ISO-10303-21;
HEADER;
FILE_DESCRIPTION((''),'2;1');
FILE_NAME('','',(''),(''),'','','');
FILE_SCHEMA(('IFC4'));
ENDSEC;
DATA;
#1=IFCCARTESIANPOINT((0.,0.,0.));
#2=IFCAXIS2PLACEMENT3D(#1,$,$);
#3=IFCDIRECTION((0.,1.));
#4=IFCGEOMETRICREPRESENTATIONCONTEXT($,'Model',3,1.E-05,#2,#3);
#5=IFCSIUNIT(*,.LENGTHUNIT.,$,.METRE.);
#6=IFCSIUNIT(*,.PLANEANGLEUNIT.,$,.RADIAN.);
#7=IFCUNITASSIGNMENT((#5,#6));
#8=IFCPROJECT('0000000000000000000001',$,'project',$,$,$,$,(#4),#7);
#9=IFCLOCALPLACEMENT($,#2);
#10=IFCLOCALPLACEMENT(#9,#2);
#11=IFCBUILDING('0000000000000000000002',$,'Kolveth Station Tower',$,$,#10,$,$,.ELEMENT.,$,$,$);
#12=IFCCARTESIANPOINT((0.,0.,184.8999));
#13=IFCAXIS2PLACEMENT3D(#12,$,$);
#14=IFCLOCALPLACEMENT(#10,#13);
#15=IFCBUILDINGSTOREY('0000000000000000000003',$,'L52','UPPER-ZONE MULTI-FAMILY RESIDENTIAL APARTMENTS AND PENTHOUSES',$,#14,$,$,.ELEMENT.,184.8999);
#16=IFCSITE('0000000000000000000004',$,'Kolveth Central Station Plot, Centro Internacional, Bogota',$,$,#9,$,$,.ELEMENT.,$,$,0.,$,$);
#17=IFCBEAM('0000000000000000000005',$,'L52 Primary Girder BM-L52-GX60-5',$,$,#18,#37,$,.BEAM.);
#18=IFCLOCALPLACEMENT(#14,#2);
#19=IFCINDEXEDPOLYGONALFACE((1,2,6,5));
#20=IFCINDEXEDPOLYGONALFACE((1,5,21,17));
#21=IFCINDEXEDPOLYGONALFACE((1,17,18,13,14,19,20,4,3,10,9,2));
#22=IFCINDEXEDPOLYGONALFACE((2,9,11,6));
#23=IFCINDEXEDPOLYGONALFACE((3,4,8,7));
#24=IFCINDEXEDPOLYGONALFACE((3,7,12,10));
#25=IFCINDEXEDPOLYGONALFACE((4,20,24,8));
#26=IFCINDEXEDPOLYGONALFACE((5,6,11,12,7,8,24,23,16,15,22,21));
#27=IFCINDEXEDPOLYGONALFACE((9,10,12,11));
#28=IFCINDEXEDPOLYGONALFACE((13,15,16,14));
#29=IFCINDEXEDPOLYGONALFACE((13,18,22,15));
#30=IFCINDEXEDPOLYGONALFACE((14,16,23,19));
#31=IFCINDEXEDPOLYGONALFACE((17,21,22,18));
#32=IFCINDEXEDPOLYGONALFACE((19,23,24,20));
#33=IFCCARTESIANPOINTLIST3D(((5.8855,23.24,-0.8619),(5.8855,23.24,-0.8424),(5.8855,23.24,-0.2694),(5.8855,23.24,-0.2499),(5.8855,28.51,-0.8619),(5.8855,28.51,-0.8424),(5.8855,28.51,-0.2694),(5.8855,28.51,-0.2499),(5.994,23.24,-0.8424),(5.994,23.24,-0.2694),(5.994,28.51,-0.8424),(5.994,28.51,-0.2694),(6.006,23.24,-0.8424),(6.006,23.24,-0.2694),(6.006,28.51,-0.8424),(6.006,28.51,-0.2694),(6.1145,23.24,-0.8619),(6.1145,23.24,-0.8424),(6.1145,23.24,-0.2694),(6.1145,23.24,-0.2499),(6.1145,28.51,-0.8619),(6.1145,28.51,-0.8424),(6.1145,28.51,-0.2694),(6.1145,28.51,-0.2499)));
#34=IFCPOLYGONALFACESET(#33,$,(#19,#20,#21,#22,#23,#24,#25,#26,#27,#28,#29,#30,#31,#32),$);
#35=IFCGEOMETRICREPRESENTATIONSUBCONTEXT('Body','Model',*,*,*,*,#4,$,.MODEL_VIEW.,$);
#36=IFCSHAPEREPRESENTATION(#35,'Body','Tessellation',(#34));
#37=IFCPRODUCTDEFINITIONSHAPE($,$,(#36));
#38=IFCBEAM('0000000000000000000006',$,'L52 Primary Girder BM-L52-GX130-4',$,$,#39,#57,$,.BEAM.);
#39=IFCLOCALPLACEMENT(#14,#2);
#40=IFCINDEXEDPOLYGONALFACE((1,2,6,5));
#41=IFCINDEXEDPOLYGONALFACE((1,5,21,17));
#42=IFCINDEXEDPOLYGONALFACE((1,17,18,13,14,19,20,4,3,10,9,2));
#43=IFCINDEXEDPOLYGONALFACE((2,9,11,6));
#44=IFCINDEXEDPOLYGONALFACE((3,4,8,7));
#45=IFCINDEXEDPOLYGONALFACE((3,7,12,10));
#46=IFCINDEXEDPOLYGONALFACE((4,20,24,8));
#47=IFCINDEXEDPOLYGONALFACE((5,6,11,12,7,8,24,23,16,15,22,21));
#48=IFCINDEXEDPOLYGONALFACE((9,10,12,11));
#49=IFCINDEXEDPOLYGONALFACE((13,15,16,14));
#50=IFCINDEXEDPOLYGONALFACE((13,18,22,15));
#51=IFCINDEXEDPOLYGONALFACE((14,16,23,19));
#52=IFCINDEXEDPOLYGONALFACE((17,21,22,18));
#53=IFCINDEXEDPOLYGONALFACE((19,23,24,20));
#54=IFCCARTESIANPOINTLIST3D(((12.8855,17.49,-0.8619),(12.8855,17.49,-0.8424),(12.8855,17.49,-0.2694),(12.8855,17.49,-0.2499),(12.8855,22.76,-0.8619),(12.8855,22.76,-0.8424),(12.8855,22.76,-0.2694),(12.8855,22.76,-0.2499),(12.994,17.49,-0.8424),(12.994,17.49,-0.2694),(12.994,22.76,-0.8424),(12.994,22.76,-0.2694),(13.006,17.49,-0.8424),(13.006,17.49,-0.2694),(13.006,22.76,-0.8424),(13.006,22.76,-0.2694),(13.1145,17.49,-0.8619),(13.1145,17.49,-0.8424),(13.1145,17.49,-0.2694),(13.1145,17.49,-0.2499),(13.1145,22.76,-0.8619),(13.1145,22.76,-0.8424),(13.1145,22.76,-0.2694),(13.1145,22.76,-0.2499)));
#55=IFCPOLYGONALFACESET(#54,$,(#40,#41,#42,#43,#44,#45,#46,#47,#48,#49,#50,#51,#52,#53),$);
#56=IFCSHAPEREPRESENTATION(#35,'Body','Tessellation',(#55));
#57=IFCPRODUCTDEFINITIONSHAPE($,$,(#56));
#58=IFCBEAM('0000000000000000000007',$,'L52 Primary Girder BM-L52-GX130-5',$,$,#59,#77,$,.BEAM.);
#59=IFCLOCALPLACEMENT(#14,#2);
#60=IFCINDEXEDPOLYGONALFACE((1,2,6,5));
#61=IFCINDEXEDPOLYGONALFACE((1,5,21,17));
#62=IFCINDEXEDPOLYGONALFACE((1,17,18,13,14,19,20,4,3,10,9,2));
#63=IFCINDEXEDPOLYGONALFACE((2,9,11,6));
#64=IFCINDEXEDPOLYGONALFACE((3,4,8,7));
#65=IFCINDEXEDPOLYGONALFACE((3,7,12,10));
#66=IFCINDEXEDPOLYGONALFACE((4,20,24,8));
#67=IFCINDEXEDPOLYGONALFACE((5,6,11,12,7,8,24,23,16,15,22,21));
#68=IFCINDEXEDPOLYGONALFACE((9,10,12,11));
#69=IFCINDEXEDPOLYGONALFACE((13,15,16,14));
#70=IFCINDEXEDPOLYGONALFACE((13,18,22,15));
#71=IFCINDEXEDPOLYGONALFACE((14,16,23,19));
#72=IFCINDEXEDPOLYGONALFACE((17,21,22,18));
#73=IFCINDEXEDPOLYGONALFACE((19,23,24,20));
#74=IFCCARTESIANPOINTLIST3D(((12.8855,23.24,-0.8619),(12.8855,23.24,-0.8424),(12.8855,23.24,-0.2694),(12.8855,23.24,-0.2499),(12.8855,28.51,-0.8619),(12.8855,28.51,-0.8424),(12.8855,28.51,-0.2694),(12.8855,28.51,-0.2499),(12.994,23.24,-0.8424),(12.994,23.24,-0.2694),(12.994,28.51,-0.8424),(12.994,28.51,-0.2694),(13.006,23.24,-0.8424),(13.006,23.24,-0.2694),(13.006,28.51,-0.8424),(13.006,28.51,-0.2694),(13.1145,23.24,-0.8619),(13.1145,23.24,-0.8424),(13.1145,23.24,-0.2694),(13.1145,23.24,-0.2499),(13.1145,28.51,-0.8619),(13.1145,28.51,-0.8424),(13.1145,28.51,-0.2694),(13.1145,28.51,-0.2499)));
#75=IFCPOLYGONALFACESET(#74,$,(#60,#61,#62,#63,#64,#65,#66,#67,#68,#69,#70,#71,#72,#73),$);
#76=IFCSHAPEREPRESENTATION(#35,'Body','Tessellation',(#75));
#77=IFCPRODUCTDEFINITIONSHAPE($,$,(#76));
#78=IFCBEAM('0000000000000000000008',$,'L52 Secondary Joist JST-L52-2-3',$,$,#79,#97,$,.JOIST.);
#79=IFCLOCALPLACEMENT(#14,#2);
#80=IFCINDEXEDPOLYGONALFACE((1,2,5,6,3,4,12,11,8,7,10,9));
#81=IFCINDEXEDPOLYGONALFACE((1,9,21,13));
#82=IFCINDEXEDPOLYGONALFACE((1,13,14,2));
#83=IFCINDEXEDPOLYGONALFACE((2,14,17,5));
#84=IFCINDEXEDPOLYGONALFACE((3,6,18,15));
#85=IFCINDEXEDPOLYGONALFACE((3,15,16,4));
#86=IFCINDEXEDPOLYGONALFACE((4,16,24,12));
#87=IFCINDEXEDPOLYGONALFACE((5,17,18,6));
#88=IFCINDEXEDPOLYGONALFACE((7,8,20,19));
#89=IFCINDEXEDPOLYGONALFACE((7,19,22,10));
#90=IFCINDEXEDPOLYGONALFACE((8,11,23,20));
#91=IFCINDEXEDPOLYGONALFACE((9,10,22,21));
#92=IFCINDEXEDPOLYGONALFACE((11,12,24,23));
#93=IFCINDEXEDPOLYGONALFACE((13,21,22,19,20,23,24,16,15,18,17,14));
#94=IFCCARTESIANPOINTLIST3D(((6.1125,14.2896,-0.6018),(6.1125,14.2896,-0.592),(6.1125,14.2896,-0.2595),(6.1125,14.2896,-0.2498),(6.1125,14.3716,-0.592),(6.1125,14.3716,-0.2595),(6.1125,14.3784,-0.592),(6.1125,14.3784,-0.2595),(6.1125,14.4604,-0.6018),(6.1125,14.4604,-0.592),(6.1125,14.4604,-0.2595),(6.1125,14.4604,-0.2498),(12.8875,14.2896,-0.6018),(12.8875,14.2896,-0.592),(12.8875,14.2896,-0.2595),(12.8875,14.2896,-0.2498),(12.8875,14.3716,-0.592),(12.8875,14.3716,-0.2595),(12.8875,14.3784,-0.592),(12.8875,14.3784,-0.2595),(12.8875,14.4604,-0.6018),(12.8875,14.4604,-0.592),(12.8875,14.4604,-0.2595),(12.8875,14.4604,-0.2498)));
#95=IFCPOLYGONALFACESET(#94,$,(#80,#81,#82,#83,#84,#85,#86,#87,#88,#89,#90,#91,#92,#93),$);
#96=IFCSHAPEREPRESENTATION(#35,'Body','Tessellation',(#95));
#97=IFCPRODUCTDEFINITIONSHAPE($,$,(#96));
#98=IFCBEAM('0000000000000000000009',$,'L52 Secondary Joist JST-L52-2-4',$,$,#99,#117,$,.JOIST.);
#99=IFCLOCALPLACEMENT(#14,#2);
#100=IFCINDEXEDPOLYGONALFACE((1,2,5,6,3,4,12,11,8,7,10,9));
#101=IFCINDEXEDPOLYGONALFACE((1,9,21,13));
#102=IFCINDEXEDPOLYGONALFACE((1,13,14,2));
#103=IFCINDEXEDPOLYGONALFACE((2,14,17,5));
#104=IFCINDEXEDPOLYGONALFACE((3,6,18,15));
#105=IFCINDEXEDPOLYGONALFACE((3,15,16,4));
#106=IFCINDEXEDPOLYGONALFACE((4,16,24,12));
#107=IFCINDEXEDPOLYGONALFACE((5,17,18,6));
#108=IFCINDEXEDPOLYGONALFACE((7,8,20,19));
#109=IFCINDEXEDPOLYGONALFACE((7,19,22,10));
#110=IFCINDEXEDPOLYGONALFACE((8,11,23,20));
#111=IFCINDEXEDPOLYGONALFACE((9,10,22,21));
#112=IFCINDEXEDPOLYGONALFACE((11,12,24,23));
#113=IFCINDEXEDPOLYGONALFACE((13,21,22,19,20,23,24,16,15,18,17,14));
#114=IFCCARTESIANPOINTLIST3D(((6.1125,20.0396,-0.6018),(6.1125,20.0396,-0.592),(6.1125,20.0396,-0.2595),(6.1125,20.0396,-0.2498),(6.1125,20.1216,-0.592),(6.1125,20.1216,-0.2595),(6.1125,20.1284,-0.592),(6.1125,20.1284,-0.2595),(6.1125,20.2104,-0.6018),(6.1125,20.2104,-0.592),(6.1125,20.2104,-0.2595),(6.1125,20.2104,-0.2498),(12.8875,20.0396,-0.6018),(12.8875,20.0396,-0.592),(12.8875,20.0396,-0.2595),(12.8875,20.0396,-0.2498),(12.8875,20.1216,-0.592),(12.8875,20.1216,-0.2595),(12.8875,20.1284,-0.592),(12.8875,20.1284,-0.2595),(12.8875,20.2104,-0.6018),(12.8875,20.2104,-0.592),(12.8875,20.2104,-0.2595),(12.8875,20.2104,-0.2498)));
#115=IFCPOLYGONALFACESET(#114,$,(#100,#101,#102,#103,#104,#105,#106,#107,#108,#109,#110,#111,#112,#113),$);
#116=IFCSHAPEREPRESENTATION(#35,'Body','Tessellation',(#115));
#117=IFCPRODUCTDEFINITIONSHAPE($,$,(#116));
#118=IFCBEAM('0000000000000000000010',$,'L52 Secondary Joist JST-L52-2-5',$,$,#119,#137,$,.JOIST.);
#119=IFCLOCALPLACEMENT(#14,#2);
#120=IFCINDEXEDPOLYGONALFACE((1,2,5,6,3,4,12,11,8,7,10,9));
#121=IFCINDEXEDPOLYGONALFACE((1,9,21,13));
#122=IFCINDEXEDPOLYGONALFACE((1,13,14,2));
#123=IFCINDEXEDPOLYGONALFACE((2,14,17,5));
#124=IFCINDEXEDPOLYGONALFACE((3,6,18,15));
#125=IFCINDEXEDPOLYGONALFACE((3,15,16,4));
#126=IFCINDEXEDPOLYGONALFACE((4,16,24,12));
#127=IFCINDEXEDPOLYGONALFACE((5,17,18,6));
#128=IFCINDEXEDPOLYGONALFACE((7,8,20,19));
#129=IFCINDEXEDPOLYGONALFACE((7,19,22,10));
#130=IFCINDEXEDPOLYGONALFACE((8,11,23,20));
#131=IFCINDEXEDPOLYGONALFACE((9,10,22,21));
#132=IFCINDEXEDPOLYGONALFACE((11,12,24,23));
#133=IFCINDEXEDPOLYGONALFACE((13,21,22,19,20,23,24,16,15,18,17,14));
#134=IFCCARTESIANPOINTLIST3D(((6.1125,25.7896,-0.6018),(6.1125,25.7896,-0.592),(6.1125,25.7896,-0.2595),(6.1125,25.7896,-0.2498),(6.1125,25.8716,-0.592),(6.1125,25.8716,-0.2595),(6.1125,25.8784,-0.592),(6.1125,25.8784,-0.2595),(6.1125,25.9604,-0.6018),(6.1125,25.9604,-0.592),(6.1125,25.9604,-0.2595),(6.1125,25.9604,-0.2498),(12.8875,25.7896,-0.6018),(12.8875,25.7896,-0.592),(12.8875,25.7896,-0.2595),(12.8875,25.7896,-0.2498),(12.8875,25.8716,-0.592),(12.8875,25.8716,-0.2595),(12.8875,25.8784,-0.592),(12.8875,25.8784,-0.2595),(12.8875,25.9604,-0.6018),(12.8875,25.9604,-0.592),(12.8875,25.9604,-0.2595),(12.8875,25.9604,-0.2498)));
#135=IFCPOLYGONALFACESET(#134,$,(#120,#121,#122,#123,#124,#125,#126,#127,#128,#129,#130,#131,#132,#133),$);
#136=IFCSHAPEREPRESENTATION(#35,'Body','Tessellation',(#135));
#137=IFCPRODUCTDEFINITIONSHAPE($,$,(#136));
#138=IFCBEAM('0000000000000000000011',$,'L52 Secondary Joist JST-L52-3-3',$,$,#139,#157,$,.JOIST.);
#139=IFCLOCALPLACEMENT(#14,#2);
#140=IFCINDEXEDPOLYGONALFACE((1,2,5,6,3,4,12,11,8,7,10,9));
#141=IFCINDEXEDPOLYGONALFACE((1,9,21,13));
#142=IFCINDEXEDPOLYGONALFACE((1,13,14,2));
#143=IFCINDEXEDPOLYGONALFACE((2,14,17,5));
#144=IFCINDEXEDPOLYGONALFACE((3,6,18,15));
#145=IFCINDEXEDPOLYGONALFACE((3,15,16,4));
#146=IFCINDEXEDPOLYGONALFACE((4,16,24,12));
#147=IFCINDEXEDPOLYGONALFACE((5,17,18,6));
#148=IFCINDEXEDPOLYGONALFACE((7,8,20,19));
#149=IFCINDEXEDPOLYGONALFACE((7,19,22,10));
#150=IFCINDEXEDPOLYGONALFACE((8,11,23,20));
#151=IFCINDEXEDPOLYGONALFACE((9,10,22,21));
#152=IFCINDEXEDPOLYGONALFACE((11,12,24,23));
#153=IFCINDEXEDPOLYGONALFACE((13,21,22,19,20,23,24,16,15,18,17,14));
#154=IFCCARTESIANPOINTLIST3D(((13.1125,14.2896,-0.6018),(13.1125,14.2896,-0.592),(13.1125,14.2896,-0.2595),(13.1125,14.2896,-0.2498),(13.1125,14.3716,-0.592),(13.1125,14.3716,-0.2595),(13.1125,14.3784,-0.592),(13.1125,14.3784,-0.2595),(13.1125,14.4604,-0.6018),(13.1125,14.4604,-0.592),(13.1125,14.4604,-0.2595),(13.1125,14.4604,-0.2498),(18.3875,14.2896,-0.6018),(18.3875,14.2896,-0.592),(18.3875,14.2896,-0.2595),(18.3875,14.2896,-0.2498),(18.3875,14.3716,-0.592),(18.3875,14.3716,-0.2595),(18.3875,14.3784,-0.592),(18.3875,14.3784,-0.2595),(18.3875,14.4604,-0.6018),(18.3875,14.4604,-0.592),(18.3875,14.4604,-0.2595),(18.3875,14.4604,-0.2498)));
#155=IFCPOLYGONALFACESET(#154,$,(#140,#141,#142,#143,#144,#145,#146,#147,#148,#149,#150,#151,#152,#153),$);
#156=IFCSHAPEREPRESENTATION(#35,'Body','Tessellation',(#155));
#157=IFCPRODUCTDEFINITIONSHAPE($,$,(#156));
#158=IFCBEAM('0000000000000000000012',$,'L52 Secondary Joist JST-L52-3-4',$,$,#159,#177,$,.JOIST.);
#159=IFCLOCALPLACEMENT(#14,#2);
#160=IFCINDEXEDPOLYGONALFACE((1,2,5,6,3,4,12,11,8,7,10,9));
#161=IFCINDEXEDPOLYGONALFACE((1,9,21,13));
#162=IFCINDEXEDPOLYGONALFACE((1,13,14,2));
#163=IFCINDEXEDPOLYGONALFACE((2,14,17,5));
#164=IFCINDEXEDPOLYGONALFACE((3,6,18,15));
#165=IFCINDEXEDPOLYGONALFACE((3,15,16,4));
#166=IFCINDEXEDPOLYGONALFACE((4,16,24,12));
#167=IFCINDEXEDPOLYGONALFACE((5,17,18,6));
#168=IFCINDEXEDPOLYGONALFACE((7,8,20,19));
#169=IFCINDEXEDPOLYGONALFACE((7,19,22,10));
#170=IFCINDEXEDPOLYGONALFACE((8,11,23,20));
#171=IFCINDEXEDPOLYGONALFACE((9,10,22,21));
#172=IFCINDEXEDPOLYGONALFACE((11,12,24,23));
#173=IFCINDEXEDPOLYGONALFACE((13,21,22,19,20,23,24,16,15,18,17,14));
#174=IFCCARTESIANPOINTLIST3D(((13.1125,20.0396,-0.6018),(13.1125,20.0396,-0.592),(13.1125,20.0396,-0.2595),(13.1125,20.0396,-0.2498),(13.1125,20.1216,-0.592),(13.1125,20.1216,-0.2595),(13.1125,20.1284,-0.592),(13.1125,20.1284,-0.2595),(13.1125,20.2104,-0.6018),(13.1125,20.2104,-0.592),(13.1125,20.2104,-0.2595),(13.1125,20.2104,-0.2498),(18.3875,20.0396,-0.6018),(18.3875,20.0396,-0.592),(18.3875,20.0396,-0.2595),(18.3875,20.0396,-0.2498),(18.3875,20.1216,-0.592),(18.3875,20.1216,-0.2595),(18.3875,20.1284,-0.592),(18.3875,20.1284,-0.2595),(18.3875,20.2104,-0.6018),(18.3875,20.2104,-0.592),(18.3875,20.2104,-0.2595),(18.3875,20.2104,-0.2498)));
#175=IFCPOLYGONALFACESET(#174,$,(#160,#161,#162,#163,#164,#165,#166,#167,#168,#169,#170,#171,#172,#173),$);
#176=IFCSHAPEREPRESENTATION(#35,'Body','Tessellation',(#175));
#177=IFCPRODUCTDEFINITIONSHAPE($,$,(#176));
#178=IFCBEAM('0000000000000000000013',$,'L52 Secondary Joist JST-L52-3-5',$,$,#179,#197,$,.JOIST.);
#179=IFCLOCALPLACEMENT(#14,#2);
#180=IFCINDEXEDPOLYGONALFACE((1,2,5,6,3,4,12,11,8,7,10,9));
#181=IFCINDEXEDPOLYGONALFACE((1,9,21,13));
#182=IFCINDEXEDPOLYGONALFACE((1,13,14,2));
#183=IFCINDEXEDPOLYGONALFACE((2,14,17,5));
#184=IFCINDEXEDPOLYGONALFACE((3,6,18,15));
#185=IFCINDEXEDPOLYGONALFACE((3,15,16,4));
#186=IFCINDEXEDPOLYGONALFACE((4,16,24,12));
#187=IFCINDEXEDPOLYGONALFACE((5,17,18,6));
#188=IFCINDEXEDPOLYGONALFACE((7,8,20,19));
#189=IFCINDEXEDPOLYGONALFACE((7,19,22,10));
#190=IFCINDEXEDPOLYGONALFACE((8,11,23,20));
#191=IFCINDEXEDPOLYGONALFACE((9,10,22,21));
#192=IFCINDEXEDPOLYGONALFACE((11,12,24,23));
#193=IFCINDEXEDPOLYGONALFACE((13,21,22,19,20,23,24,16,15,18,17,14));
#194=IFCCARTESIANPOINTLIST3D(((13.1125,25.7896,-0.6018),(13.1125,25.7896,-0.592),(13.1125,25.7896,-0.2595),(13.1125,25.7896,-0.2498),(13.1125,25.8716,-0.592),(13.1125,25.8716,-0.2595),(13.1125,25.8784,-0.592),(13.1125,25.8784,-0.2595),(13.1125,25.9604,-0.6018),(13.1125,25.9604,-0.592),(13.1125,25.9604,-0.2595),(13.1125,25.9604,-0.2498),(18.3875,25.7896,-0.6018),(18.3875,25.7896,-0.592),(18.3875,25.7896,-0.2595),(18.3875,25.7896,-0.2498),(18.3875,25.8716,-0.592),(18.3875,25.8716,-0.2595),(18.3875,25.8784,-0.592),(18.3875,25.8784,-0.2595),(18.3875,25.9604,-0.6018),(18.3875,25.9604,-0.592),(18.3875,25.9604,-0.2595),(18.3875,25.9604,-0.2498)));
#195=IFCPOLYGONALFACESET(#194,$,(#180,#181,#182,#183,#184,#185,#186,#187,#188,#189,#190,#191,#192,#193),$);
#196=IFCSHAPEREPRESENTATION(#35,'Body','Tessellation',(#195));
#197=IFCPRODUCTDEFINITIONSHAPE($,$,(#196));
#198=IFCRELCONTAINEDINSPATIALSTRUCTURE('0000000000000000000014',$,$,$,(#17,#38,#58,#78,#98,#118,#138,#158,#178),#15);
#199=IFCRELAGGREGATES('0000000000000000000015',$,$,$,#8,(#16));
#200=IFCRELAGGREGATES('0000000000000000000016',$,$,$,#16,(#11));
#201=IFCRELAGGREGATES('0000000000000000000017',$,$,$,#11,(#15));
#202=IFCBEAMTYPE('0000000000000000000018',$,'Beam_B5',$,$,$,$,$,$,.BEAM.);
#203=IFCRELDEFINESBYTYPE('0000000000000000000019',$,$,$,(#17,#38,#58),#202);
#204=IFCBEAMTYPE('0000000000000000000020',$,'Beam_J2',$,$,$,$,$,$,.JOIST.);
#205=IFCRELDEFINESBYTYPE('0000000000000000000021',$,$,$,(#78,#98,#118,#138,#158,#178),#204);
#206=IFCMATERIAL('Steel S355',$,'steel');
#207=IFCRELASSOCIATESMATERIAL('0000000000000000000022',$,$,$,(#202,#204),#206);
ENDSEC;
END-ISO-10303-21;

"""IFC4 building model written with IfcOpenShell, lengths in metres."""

from ifc_helpers import new_model, si_unit, direction, frame, origin, origin_2d, place, context, subcontext, project, spatial, i_section, extrude, source, transform, mapped, material, material_profile, profile_set, type_object, element, save


model = new_model("IFC4")

# Units and contexts
model_context = context("Model", 3, precision=1e-05, world=origin(), true_north=direction((0.0, 1.0)))
body_context = subcontext(model_context, "Body", "Model", "MODEL_VIEW")
ifc_project = project(units=[si_unit("LENGTHUNIT", "METRE"), si_unit("PLANEANGLEUNIT", "RADIAN")], contexts=[model_context])

# Site, building, storey
site_placement = place(None, origin())
site = spatial("IfcSite", under=ifc_project, at=site_placement, Name="Kolveth Central Station Plot, Centro Internacional, Bogota", CompositionType="ELEMENT", RefElevation=0.0)
building_placement = place(site_placement, origin())
building = spatial("IfcBuilding", under=site, at=building_placement, Name="Kolveth Station Tower", CompositionType="ELEMENT")
storey_placement = place(building_placement, frame((0.0, 0.0, 184.8999)))
storey = spatial("IfcBuildingStorey", under=building, at=storey_placement, Name="L52", Description="UPPER-ZONE MULTI-FAMILY RESIDENTIAL APARTMENTS AND PENTHOUSES", CompositionType="ELEMENT", Elevation=184.8999)

# Shared definitions
ifc_material_1 = material(Name="Steel S355", Category="steel")

# Beams
ifc_material_profile_1 = material_profile(ifc_material_1, i_section(OverallWidth=0.229, OverallDepth=0.6121, WebThickness=0.012, FlangeThickness=0.0195, at=origin_2d()), Name="W610x125")
ifc_profile_set_1 = profile_set([ifc_material_profile_1], Name="Steel S355")
beam_type_1 = type_object("IfcBeamType", Name="Beam_B5", PredefinedType="BEAM", material=ifc_profile_set_1)
shared_shape_1 = source(origin(), body_context, "Body", "SweptSolid", [
    extrude(i_section(OverallWidth=0.229, OverallDepth=0.6121, WebThickness=0.012, FlangeThickness=0.0195, at=origin_2d()), origin(), (0.0, 0.0, 1.0), 5.27),
])
for number, where, z_axis, x_axis, name in (
    (1, (6.0, 23.24, -0.5559), (0.0, 1.0, 0.0), (-1.0, 0.0, 0.0), "L52 Primary Girder BM-L52-GX60-5"),
    (2, (13.0, 17.49, -0.5559), (0.0, 1.0, 0.0), (-1.0, 0.0, 0.0), "L52 Primary Girder BM-L52-GX130-4"),
    (3, (13.0, 23.24, -0.5559), (0.0, 1.0, 0.0), (-1.0, 0.0, 0.0), "L52 Primary Girder BM-L52-GX130-5"),
):
    element("IfcBeam", number, at=place(storey_placement, frame(where, z_axis=z_axis, x_axis=x_axis)), inside=storey, type_object=beam_type_1, Name=name, PredefinedType="BEAM", context=body_context, shape_type="MappedRepresentation", body=[
        mapped(shared_shape_1, transform((0.0, 0.0, 0.0), x_axis=(1.0, 0.0, 0.0), y_axis=(0.0, 1.0, 0.0), z_axis=(0.0, 0.0, 1.0), scale=1.0)),
    ])
ifc_material_profile_2 = material_profile(ifc_material_1, i_section(OverallWidth=0.1709, OverallDepth=0.3521, WebThickness=0.0068, FlangeThickness=0.0098, at=origin_2d()), Name="W360x44")
ifc_profile_set_2 = profile_set([ifc_material_profile_2], Name="Steel S355")
beam_type_2 = type_object("IfcBeamType", Name="Beam_J2", PredefinedType="JOIST", material=ifc_profile_set_2)
shared_shape_2 = source(origin(), body_context, "Body", "SweptSolid", [
    extrude(i_section(OverallWidth=0.1709, OverallDepth=0.3521, WebThickness=0.0068, FlangeThickness=0.0098, at=origin_2d()), origin(), (0.0, 0.0, 1.0), 6.7749),
])
for number, where, z_axis, x_axis, name in (
    (4, (6.1125, 14.375, -0.4258), (1.0, 0.0, 0.0), (0.0, 1.0, 0.0), "L52 Secondary Joist JST-L52-2-3"),
    (5, (6.1125, 20.125, -0.4258), (1.0, 0.0, 0.0), (0.0, 1.0, 0.0), "L52 Secondary Joist JST-L52-2-4"),
    (6, (6.1125, 25.875, -0.4258), (1.0, 0.0, 0.0), (0.0, 1.0, 0.0), "L52 Secondary Joist JST-L52-2-5"),
):
    element("IfcBeam", number, at=place(storey_placement, frame(where, z_axis=z_axis, x_axis=x_axis)), inside=storey, type_object=beam_type_2, Name=name, PredefinedType="JOIST", context=body_context, shape_type="MappedRepresentation", body=[
        mapped(shared_shape_2, transform((0.0, 0.0, 0.0), x_axis=(1.0, 0.0, 0.0), y_axis=(0.0, 1.0, 0.0), z_axis=(0.0, 0.0, 1.0), scale=1.0)),
    ])
shared_shape_3 = source(origin(), body_context, "Body", "SweptSolid", [
    extrude(i_section(OverallWidth=0.1709, OverallDepth=0.3521, WebThickness=0.0068, FlangeThickness=0.0098, at=origin_2d()), origin(), (0.0, 0.0, 1.0), 5.2749),
])
for number, where, z_axis, x_axis, name in (
    (7, (13.1125, 14.375, -0.4258), (1.0, 0.0, 0.0), (0.0, 1.0, 0.0), "L52 Secondary Joist JST-L52-3-3"),
    (8, (13.1125, 20.125, -0.4258), (1.0, 0.0, 0.0), (0.0, 1.0, 0.0), "L52 Secondary Joist JST-L52-3-4"),
    (9, (13.1125, 25.875, -0.4258), (1.0, 0.0, 0.0), (0.0, 1.0, 0.0), "L52 Secondary Joist JST-L52-3-5"),
):
    element("IfcBeam", number, at=place(storey_placement, frame(where, z_axis=z_axis, x_axis=x_axis)), inside=storey, type_object=beam_type_2, Name=name, PredefinedType="JOIST", context=body_context, shape_type="MappedRepresentation", body=[
        mapped(shared_shape_3, transform((0.0, 0.0, 0.0), x_axis=(1.0, 0.0, 0.0), y_axis=(0.0, 1.0, 0.0), z_axis=(0.0, 0.0, 1.0), scale=1.0)),
    ])

save(model, "model.ifc")
